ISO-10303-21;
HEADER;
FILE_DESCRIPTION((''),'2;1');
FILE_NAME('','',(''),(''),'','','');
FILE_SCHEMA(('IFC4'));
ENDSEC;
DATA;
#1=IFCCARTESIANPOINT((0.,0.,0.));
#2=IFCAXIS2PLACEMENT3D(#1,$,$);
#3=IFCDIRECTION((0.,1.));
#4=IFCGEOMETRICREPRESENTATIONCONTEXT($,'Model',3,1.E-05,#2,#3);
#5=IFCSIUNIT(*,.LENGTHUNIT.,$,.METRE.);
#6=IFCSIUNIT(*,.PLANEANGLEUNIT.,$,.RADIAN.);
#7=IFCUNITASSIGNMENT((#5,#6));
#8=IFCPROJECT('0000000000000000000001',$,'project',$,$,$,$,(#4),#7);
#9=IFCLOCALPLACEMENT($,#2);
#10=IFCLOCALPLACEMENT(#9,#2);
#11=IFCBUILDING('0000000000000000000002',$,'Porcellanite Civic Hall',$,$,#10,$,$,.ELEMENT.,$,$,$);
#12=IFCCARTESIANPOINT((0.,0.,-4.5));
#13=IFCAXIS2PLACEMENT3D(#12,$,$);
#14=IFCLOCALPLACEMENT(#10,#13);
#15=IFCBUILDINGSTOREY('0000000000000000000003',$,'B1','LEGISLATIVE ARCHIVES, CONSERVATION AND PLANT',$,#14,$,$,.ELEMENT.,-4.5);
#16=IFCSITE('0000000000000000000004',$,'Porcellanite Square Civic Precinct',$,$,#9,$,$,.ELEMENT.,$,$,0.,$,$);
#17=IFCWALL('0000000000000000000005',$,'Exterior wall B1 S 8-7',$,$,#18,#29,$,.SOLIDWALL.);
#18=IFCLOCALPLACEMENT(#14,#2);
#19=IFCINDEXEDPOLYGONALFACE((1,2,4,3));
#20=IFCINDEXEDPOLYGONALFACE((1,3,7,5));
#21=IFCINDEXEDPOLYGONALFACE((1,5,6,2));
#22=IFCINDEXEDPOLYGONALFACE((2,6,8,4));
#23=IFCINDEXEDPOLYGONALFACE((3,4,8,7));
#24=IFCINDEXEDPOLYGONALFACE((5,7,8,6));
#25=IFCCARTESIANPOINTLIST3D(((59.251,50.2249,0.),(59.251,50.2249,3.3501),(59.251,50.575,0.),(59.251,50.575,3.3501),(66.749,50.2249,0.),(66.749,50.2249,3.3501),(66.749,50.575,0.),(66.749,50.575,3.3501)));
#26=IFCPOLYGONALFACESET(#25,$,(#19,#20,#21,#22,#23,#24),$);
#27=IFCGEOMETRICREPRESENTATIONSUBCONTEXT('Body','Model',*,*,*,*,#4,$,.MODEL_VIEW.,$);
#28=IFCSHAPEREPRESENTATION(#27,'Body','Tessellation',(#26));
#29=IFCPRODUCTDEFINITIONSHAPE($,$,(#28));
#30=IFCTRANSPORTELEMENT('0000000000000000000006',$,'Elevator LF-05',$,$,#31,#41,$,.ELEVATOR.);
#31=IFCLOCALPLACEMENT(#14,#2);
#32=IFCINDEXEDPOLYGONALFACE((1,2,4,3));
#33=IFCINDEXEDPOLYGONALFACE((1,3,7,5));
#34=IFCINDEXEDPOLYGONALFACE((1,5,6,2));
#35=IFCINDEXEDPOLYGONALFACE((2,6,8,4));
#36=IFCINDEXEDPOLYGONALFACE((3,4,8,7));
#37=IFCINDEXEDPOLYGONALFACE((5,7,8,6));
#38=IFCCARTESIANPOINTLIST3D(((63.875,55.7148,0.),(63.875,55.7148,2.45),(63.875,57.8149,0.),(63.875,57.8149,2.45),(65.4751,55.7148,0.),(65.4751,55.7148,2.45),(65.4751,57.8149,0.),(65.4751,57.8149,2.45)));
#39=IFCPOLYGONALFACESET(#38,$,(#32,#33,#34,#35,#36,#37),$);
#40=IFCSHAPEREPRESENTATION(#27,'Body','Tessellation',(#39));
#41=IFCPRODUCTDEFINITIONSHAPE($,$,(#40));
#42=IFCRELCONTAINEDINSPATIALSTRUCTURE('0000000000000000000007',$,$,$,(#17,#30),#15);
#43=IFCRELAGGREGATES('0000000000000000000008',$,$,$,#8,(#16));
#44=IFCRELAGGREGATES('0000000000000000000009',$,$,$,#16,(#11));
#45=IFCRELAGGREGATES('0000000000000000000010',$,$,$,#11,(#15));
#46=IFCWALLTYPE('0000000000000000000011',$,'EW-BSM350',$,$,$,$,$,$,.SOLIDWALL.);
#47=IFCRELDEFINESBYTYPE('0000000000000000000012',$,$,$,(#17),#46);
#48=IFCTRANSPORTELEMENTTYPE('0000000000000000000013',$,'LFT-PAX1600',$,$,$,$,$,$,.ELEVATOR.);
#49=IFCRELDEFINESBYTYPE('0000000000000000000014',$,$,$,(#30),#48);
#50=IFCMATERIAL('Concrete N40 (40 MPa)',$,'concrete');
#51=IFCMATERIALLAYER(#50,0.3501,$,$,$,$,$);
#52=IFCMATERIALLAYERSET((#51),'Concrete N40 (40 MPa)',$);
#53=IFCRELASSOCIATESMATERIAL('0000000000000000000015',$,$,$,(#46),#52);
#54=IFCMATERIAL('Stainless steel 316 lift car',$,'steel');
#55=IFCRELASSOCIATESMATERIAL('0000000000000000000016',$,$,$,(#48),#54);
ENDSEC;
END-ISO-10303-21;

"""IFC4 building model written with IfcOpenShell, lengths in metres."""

from ifc_helpers import new_model, si_unit, direction, frame, frame_2d, origin, origin_2d, place, context, subcontext, project, spatial, rectangle, extrude, material, layer, layer_set, type_object, element, save


model = new_model("IFC4")

# Units and contexts
model_context = context("Model", 3, precision=1e-05, world=origin(), true_north=direction((0.0, 1.0)))
body_context = subcontext(model_context, "Body", "Model", "MODEL_VIEW")
ifc_project = project(units=[si_unit("LENGTHUNIT", "METRE"), si_unit("PLANEANGLEUNIT", "RADIAN")], contexts=[model_context])

# Site, building, storey
site_placement = place(None, origin())
site = spatial("IfcSite", under=ifc_project, at=site_placement, Name="Porcellanite Square Civic Precinct", CompositionType="ELEMENT", RefElevation=0.0)
building_placement = place(site_placement, origin())
building = spatial("IfcBuilding", under=site, at=building_placement, Name="Porcellanite Civic Hall", CompositionType="ELEMENT")
storey_placement = place(building_placement, frame((0.0, 0.0, -4.5)))
storey = spatial("IfcBuildingStorey", under=building, at=storey_placement, Name="B1", Description="LEGISLATIVE ARCHIVES, CONSERVATION AND PLANT", CompositionType="ELEMENT", Elevation=-4.5)

# Wall
ifc_material_1 = material(Name="Concrete N40 (40 MPa)", Category="concrete")
ifc_layer_1 = layer(ifc_material_1, 0.3501)
ifc_layer_set_1 = layer_set([ifc_layer_1], Name="Concrete N40 (40 MPa)")
wall_type_1 = type_object("IfcWallType", Name="EW-BSM350", PredefinedType="SOLIDWALL", material=ifc_layer_set_1)
wall_1_placement = place(storey_placement, frame((66.749, 50.3999, 0.0), z_axis=(0.0, 0.0, 1.0), x_axis=(-1.0, 0.0, 0.0)))
element("IfcWall", 1, at=wall_1_placement, inside=storey, type_object=wall_type_1, Name="Exterior wall B1 S 8-7", PredefinedType="SOLIDWALL", context=body_context, shape_type="SweptSolid", body=[
    extrude(rectangle(XDim=7.498, YDim=0.3501, at=frame_2d((3.749, 0.0))), origin(), (0.0, 0.0, 1.0), 3.3501),
])

# Transport element
ifc_material_2 = material(Name="Stainless steel 316 lift car", Category="steel")
transport_element_type = type_object("IfcTransportElementType", Name="LFT-PAX1600", PredefinedType="ELEVATOR", material=ifc_material_2)
transport_element_placement = place(storey_placement, frame((64.675, 56.7649, 0.0), z_axis=(0.0, 0.0, 1.0), x_axis=(1.0, 0.0, 0.0)))
element("IfcTransportElement", 2, at=transport_element_placement, inside=storey, type_object=transport_element_type, Name="Elevator LF-05", PredefinedType="ELEVATOR", context=body_context, shape_type="SweptSolid", body=[
    extrude(rectangle(XDim=1.6001, YDim=2.1001, at=origin_2d()), origin(), (0.0, 0.0, 1.0), 2.45),
])

save(model, "model.ifc")
